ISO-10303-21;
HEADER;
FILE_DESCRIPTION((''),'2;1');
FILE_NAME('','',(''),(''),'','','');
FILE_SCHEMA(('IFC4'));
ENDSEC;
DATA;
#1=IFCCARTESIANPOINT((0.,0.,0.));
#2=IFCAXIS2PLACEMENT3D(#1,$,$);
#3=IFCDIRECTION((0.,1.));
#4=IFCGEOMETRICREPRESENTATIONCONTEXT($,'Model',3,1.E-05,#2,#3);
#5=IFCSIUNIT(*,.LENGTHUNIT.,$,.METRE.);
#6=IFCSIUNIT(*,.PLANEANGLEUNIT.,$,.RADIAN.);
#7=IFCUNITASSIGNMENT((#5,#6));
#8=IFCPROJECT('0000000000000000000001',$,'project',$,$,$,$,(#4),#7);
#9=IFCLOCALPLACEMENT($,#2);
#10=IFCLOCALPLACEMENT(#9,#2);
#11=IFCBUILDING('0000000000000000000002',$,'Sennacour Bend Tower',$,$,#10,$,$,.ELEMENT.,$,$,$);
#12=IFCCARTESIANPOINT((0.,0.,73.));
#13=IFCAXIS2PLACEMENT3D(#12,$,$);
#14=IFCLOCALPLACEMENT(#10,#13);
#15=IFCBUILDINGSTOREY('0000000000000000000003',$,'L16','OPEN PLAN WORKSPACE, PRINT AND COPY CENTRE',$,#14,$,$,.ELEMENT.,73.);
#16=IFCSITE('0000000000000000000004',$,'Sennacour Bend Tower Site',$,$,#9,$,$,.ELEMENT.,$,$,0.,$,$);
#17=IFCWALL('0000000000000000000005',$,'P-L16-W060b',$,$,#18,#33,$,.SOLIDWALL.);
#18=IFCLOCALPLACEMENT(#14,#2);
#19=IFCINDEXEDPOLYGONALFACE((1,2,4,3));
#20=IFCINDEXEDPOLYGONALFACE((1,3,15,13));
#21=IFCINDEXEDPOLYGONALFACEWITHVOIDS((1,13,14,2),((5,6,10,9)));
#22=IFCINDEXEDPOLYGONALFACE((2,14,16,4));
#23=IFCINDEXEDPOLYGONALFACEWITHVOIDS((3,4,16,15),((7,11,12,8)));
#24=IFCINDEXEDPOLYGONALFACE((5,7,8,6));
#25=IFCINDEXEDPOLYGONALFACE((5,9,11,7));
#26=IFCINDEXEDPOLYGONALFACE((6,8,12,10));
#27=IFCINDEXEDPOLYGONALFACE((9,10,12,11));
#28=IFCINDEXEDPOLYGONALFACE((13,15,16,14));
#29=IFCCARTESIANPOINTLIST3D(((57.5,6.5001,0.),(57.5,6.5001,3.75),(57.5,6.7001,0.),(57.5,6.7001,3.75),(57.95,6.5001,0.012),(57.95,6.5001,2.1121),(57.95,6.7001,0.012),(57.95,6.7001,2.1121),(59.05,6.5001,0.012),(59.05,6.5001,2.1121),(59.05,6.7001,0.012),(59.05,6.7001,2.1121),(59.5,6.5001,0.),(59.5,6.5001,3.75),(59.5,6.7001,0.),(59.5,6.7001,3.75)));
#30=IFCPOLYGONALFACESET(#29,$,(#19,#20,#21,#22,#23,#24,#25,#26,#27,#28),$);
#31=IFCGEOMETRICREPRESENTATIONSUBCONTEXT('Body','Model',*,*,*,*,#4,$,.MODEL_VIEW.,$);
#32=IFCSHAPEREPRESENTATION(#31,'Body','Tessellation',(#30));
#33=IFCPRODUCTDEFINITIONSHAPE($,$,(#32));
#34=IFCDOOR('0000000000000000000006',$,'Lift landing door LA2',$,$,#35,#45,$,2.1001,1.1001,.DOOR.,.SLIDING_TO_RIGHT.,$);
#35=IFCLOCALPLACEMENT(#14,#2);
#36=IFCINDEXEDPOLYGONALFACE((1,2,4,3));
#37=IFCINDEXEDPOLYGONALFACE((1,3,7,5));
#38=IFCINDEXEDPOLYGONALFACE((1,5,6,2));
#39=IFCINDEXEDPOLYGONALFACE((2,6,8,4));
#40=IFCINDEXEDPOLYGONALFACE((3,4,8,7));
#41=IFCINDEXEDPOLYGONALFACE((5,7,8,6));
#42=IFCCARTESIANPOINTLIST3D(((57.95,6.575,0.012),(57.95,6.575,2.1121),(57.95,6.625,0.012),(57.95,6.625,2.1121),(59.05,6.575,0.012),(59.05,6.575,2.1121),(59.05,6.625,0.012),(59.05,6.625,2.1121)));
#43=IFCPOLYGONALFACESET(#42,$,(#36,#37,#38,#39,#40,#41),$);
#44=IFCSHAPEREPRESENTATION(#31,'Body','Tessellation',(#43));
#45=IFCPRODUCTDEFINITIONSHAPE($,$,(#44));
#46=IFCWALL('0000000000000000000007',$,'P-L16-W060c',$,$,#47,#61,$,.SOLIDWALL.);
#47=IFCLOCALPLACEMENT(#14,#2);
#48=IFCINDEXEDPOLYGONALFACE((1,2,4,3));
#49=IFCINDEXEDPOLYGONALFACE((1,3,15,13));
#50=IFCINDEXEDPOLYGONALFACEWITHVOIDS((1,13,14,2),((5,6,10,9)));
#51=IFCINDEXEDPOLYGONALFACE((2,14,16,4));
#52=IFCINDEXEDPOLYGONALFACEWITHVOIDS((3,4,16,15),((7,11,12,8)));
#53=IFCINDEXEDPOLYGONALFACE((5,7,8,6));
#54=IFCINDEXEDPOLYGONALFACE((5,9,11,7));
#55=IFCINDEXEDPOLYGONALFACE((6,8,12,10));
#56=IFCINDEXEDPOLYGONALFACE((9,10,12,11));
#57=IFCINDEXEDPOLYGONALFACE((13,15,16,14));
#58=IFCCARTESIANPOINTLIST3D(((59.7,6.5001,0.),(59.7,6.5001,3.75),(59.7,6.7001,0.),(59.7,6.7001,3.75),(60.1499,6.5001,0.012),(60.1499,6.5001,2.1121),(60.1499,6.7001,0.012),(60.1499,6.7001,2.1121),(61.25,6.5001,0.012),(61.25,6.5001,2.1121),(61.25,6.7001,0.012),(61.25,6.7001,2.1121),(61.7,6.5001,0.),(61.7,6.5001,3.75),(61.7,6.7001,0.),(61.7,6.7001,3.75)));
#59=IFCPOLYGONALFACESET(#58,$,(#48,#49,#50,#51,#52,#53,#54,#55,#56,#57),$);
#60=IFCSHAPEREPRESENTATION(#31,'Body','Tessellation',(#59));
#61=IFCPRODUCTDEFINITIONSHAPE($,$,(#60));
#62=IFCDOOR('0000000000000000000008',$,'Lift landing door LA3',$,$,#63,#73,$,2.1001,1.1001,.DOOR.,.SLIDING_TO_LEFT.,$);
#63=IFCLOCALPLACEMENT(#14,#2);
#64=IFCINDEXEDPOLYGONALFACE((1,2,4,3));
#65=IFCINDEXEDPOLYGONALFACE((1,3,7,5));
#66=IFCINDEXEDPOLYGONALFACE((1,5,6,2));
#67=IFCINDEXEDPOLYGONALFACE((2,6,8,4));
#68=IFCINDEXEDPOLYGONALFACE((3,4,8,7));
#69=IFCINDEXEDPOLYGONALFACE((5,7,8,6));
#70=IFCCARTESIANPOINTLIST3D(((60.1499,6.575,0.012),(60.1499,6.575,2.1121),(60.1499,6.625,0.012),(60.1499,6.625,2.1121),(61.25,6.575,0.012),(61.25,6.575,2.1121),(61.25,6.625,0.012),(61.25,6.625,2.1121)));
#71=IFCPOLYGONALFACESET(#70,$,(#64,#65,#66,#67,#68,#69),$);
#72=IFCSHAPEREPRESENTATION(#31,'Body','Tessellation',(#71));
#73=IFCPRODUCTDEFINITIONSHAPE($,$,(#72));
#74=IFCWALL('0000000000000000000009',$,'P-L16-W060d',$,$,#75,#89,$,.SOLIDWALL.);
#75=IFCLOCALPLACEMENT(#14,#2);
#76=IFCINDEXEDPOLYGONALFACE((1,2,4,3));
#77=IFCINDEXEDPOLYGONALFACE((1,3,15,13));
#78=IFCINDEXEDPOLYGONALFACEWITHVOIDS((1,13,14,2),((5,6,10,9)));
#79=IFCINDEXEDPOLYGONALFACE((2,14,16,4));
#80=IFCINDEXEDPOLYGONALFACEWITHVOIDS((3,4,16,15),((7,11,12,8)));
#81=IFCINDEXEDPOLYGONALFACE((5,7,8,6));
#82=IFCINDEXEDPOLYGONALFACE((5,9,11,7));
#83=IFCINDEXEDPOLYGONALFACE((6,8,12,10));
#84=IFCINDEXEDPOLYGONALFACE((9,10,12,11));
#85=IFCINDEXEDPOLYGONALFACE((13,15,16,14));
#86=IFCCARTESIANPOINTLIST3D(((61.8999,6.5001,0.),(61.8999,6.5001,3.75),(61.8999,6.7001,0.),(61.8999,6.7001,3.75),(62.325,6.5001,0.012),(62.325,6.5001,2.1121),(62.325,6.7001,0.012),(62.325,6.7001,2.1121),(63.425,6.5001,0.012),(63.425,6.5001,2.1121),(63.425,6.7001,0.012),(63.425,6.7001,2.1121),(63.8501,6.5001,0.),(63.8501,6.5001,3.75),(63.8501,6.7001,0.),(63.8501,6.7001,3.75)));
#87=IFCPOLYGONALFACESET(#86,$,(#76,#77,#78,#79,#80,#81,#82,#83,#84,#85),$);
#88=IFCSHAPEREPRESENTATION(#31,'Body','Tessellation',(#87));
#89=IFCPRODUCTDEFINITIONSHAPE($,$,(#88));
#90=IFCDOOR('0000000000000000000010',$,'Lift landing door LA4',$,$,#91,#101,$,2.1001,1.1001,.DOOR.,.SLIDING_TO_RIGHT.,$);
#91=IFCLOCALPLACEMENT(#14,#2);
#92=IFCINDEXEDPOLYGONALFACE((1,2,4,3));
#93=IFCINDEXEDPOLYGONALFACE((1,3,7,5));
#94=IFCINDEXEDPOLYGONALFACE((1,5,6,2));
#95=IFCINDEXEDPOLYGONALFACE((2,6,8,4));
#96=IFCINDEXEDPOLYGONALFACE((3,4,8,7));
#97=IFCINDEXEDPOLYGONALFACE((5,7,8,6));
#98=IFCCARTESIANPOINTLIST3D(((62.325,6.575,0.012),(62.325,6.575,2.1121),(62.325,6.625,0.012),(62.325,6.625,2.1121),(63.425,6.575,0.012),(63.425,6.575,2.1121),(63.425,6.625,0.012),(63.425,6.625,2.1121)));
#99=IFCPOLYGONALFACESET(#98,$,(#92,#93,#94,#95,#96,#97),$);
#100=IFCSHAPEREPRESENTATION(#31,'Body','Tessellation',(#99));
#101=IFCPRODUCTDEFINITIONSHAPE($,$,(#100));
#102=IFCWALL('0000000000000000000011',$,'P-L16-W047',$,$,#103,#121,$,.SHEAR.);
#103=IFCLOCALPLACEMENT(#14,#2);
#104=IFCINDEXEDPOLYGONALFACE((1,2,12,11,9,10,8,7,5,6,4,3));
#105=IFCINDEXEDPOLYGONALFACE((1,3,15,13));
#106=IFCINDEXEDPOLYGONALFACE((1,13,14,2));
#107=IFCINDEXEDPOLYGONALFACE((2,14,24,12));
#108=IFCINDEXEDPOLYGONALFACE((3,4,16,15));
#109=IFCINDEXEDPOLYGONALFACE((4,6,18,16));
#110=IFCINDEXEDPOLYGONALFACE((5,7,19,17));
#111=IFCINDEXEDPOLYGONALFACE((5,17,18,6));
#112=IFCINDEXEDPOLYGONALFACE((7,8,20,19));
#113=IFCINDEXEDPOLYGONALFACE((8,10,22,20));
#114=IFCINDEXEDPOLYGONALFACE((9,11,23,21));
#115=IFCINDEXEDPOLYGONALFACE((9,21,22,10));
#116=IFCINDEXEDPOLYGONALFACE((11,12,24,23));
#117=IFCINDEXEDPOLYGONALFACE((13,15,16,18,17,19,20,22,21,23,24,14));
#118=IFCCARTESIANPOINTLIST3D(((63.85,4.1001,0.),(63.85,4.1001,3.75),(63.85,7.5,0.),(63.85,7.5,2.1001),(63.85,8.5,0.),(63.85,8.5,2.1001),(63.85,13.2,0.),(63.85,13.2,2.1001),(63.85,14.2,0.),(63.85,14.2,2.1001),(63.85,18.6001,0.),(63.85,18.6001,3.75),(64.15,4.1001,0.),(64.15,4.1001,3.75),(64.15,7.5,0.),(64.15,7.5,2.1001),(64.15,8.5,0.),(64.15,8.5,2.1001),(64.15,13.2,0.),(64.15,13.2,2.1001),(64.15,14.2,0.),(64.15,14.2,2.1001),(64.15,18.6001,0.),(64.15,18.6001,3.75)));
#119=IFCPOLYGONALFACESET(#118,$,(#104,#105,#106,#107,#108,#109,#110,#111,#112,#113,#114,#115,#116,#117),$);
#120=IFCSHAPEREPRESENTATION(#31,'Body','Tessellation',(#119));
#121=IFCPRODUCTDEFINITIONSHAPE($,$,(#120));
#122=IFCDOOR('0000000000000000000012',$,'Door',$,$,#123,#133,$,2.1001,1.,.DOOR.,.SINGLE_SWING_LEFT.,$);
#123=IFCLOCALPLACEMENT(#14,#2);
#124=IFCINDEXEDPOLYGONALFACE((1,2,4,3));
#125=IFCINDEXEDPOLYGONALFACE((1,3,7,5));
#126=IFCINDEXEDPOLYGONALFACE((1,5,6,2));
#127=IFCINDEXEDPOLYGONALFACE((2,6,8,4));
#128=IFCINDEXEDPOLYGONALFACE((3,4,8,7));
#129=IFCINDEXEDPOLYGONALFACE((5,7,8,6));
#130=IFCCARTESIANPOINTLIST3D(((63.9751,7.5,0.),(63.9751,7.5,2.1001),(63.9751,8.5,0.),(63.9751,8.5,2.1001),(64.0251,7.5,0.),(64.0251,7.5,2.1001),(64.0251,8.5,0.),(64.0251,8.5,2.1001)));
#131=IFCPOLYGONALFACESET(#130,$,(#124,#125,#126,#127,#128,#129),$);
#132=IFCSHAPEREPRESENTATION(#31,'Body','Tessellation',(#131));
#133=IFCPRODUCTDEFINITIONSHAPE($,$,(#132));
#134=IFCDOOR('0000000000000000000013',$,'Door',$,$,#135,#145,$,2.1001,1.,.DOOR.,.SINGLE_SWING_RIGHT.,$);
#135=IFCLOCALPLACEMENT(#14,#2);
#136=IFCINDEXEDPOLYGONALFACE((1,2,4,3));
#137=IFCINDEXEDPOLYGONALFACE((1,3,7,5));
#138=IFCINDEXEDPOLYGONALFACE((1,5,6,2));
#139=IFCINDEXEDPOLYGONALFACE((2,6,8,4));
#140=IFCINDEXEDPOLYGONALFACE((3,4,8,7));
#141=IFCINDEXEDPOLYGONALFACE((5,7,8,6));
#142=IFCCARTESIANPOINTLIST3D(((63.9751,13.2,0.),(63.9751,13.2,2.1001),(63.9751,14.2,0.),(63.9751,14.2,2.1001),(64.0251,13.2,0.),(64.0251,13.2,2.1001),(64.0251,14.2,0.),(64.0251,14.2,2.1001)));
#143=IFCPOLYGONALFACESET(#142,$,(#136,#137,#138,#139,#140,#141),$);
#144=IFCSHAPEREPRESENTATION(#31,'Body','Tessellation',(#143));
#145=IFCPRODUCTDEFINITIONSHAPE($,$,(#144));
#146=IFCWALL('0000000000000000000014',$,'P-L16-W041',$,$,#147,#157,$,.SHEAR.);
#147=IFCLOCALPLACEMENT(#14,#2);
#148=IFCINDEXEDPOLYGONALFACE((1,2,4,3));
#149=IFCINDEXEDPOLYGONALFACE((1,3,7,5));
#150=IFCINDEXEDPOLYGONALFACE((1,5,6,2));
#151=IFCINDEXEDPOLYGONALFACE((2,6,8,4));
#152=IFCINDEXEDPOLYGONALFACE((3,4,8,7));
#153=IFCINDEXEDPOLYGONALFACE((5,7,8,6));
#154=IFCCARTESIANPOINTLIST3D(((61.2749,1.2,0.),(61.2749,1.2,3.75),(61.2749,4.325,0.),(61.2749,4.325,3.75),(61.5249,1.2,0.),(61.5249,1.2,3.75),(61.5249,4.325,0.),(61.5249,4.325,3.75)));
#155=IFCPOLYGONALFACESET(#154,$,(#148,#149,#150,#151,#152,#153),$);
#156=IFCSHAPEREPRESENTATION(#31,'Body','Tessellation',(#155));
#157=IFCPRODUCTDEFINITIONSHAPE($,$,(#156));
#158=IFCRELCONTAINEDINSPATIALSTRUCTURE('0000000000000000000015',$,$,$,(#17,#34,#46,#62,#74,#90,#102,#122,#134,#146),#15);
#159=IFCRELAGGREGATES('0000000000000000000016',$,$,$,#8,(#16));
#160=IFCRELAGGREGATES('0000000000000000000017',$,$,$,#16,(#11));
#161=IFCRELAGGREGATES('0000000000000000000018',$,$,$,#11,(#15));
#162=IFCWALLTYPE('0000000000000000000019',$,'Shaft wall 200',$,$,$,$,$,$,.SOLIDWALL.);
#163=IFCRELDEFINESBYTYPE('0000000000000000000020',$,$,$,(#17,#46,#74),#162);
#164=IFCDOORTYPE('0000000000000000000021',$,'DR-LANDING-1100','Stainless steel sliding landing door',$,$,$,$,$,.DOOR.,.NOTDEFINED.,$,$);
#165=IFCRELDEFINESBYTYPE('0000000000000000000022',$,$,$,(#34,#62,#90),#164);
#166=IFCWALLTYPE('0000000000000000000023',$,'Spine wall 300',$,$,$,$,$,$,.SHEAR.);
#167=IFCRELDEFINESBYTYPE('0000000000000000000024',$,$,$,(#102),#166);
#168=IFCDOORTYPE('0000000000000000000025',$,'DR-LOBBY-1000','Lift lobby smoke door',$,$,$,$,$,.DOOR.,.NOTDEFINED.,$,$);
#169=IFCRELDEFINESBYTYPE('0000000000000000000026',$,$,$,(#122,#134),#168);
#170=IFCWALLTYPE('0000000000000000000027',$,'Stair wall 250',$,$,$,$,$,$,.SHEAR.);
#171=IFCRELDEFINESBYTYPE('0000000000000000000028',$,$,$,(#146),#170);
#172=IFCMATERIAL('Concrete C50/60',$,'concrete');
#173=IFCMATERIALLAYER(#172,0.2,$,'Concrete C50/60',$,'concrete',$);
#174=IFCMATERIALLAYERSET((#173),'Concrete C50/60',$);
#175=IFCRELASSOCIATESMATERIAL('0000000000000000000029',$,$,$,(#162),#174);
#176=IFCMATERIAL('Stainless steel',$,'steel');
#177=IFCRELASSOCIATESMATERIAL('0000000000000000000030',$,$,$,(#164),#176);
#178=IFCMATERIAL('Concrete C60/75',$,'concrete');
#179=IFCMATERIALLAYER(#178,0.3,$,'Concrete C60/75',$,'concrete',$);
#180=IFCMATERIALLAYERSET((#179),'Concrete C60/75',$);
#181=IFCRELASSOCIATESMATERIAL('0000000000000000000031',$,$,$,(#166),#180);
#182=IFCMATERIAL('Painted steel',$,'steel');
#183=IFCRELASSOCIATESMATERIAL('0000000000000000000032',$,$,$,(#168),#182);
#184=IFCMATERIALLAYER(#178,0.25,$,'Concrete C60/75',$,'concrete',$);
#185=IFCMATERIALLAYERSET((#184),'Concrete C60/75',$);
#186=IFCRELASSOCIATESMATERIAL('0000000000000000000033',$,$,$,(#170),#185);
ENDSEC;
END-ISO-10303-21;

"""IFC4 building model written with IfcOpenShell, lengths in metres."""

from ifc_helpers import new_model, si_unit, direction, frame, frame_2d, origin, place, context, subcontext, project, spatial, rectangle, extrude, material, layer, layer_set, type_object, element, fill, save


model = new_model("IFC4")

# Units and contexts
model_context = context("Model", 3, precision=1e-05, world=origin(), true_north=direction((0.0, 1.0)))
body_context = subcontext(model_context, "Body", "Model", "MODEL_VIEW")
ifc_project = project(units=[si_unit("LENGTHUNIT", "METRE"), si_unit("PLANEANGLEUNIT", "RADIAN")], contexts=[model_context])

# Site, building, storey
site_placement = place(None, origin())
site = spatial("IfcSite", under=ifc_project, at=site_placement, Name="Sennacour Bend Tower Site", CompositionType="ELEMENT", RefElevation=0.0)
building_placement = place(site_placement, origin())
building = spatial("IfcBuilding", under=site, at=building_placement, Name="Sennacour Bend Tower", CompositionType="ELEMENT")
storey_placement = place(building_placement, frame((0.0, 0.0, 73.0)))
storey = spatial("IfcBuildingStorey", under=building, at=storey_placement, Name="L16", Description="OPEN PLAN WORKSPACE, PRINT AND COPY CENTRE", CompositionType="ELEMENT", Elevation=73.0)

# Shared definitions
ifc_material_1 = material(Name="Painted steel", Category="steel")

# Shared definitions
ifc_material_2 = material(Name="Concrete C50/60", Category="concrete")
ifc_layer_1 = layer(ifc_material_2, 0.2, Name="Concrete C50/60", Category="concrete")
ifc_layer_set_1 = layer_set([ifc_layer_1], Name="Concrete C50/60")
wall_type_1 = type_object("IfcWallType", Name="Shaft wall 200", PredefinedType="SOLIDWALL", material=ifc_layer_set_1)

# Walls, openings, doors
wall_1_placement = place(storey_placement, frame((57.5, 6.6001, 0.0), z_axis=(0.0, 0.0, 1.0), x_axis=(1.0, 0.0, 0.0)))
wall_1 = element("IfcWall", 1, at=wall_1_placement, inside=storey, type_object=wall_type_1, Name="P-L16-W060b", PredefinedType="SOLIDWALL", context=body_context, shape_type="SweptSolid", body=[
    extrude(rectangle(XDim=2.0, YDim=0.2, at=frame_2d((1.0, 0.0))), origin(), (0.0, 0.0, 1.0), 3.75),
])
opening_1_placement = place(wall_1_placement, frame((0.45, 0.0, 0.012)))
opening_1 = element("IfcOpeningElement", 2, at=opening_1_placement, cuts=wall_1, PredefinedType="OPENING", context=body_context, shape_type="SweptSolid", body=[
    extrude(rectangle(XDim=1.1001, YDim=2.1001, at=frame_2d((0.55, 1.05))), frame((0.0, 0.1099, 0.0), z_axis=(0.0, -1.0, 0.0), x_axis=(1.0, 0.0, 0.0)), (0.0, 0.0, 1.0), 0.22),
])
ifc_material_3 = material(Name="Stainless steel", Category="steel")
door_type_1 = type_object("IfcDoorType", Name="DR-LANDING-1100", Description="Stainless steel sliding landing door", OperationType="NOTDEFINED", PredefinedType="DOOR", material=ifc_material_3)
door_1_placement = place(opening_1_placement, origin())
door_1 = element("IfcDoor", 3, at=door_1_placement, inside=storey, type_object=door_type_1, Name="Lift landing door LA2", OperationType="SLIDING_TO_RIGHT", OverallHeight=2.1001, OverallWidth=1.1001, PredefinedType="DOOR", context=body_context, shape_type="SweptSolid", body=[
    extrude(rectangle(XDim=1.1001, YDim=2.1001, at=frame_2d((0.55, 1.05))), frame((0.0, 0.0249, 0.0), z_axis=(0.0, -1.0, 0.0), x_axis=(1.0, 0.0, 0.0)), (0.0, 0.0, 1.0), 0.05),
])
fill(opening_1, door_1)
wall_2_placement = place(storey_placement, frame((59.7, 6.6001, 0.0), z_axis=(0.0, 0.0, 1.0), x_axis=(1.0, 0.0, 0.0)))
wall_2 = element("IfcWall", 4, at=wall_2_placement, inside=storey, type_object=wall_type_1, Name="P-L16-W060c", PredefinedType="SOLIDWALL", context=body_context, shape_type="SweptSolid", body=[
    extrude(rectangle(XDim=2.0, YDim=0.2, at=frame_2d((1.0, 0.0))), origin(), (0.0, 0.0, 1.0), 3.75),
])
opening_2_placement = place(wall_2_placement, frame((0.45, 0.0, 0.012)))
opening_2 = element("IfcOpeningElement", 5, at=opening_2_placement, cuts=wall_2, PredefinedType="OPENING", context=body_context, shape_type="SweptSolid", body=[
    extrude(rectangle(XDim=1.1001, YDim=2.1001, at=frame_2d((0.55, 1.05))), frame((0.0, 0.1099, 0.0), z_axis=(0.0, -1.0, 0.0), x_axis=(1.0, 0.0, 0.0)), (0.0, 0.0, 1.0), 0.22),
])
door_2_placement = place(opening_2_placement, origin())
door_2 = element("IfcDoor", 6, at=door_2_placement, inside=storey, type_object=door_type_1, Name="Lift landing door LA3", OperationType="SLIDING_TO_LEFT", OverallHeight=2.1001, OverallWidth=1.1001, PredefinedType="DOOR", context=body_context, shape_type="SweptSolid", body=[
    extrude(rectangle(XDim=1.1001, YDim=2.1001, at=frame_2d((0.55, 1.05))), frame((0.0, 0.0249, 0.0), z_axis=(0.0, -1.0, 0.0), x_axis=(1.0, 0.0, 0.0)), (0.0, 0.0, 1.0), 0.05),
])
fill(opening_2, door_2)
wall_3_placement = place(storey_placement, frame((61.8999, 6.6001, 0.0), z_axis=(0.0, 0.0, 1.0), x_axis=(1.0, 0.0, 0.0)))
wall_3 = element("IfcWall", 7, at=wall_3_placement, inside=storey, type_object=wall_type_1, Name="P-L16-W060d", PredefinedType="SOLIDWALL", context=body_context, shape_type="SweptSolid", body=[
    extrude(rectangle(XDim=1.9502, YDim=0.2, at=frame_2d((0.9751, 0.0))), origin(), (0.0, 0.0, 1.0), 3.75),
])
opening_3_placement = place(wall_3_placement, frame((0.425, 0.0, 0.012)))
opening_3 = element("IfcOpeningElement", 8, at=opening_3_placement, cuts=wall_3, PredefinedType="OPENING", context=body_context, shape_type="SweptSolid", body=[
    extrude(rectangle(XDim=1.1001, YDim=2.1001, at=frame_2d((0.55, 1.05))), frame((0.0, 0.1099, 0.0), z_axis=(0.0, -1.0, 0.0), x_axis=(1.0, 0.0, 0.0)), (0.0, 0.0, 1.0), 0.22),
])
door_3_placement = place(opening_3_placement, origin())
door_3 = element("IfcDoor", 9, at=door_3_placement, inside=storey, type_object=door_type_1, Name="Lift landing door LA4", OperationType="SLIDING_TO_RIGHT", OverallHeight=2.1001, OverallWidth=1.1001, PredefinedType="DOOR", context=body_context, shape_type="SweptSolid", body=[
    extrude(rectangle(XDim=1.1001, YDim=2.1001, at=frame_2d((0.55, 1.05))), frame((0.0, 0.0249, 0.0), z_axis=(0.0, -1.0, 0.0), x_axis=(1.0, 0.0, 0.0)), (0.0, 0.0, 1.0), 0.05),
])
fill(opening_3, door_3)

# Wall, openings, doors
ifc_material_4 = material(Name="Concrete C60/75", Category="concrete")
ifc_layer_2 = layer(ifc_material_4, 0.3, Name="Concrete C60/75", Category="concrete")
ifc_layer_set_2 = layer_set([ifc_layer_2], Name="Concrete C60/75")
wall_type_2 = type_object("IfcWallType", Name="Spine wall 300", PredefinedType="SHEAR", material=ifc_layer_set_2)
wall_4_placement = place(storey_placement, frame((64.0, 4.1001, 0.0), z_axis=(0.0, 0.0, 1.0), x_axis=(0.0, 1.0, 0.0)))
wall_4 = element("IfcWall", 10, at=wall_4_placement, inside=storey, type_object=wall_type_2, Name="P-L16-W047", PredefinedType="SHEAR", context=body_context, shape_type="SweptSolid", body=[
    extrude(rectangle(XDim=14.5, YDim=0.3, at=frame_2d((7.25, 0.0))), origin(), (0.0, 0.0, 1.0), 3.75),
])
opening_4_placement = place(wall_4_placement, frame((3.3999, 0.0, 0.0)))
opening_4 = element("IfcOpeningElement", 11, at=opening_4_placement, cuts=wall_4, PredefinedType="OPENING", context=body_context, shape_type="SweptSolid", body=[
    extrude(rectangle(XDim=1.0, YDim=2.1001, at=frame_2d((0.5, 1.05))), frame((0.0, 0.1602, 0.0), z_axis=(0.0, -1.0, 0.0), x_axis=(1.0, 0.0, 0.0)), (0.0, 0.0, 1.0), 0.3201),
])
opening_5_placement = place(wall_4_placement, frame((9.0999, 0.0, 0.0)))
opening_5 = element("IfcOpeningElement", 12, at=opening_5_placement, cuts=wall_4, PredefinedType="OPENING", context=body_context, shape_type="SweptSolid", body=[
    extrude(rectangle(XDim=1.0, YDim=2.1001, at=frame_2d((0.5, 1.05))), frame((0.0, 0.1602, 0.0), z_axis=(0.0, -1.0, 0.0), x_axis=(1.0, 0.0, 0.0)), (0.0, 0.0, 1.0), 0.3201),
])
door_type_2 = type_object("IfcDoorType", Name="DR-LOBBY-1000", Description="Lift lobby smoke door", OperationType="NOTDEFINED", PredefinedType="DOOR", material=ifc_material_1)
door_4_placement = place(opening_4_placement, origin())
door_4 = element("IfcDoor", 13, at=door_4_placement, inside=storey, type_object=door_type_2, Name="Door", OperationType="SINGLE_SWING_LEFT", OverallHeight=2.1001, OverallWidth=1.0, PredefinedType="DOOR", context=body_context, shape_type="SweptSolid", body=[
    extrude(rectangle(XDim=1.0, YDim=2.1001, at=frame_2d((0.5, 1.05))), frame((0.0, 0.0249, 0.0), z_axis=(0.0, -1.0, 0.0), x_axis=(1.0, 0.0, 0.0)), (0.0, 0.0, 1.0), 0.05),
])
fill(opening_4, door_4)
door_5_placement = place(opening_5_placement, origin())
door_5 = element("IfcDoor", 14, at=door_5_placement, inside=storey, type_object=door_type_2, Name="Door", OperationType="SINGLE_SWING_RIGHT", OverallHeight=2.1001, OverallWidth=1.0, PredefinedType="DOOR", context=body_context, shape_type="SweptSolid", body=[
    extrude(rectangle(XDim=1.0, YDim=2.1001, at=frame_2d((0.5, 1.05))), frame((0.0, 0.0249, 0.0), z_axis=(0.0, -1.0, 0.0), x_axis=(1.0, 0.0, 0.0)), (0.0, 0.0, 1.0), 0.05),
])
fill(opening_5, door_5)

# Wall
ifc_layer_3 = layer(ifc_material_4, 0.25, Name="Concrete C60/75", Category="concrete")
ifc_layer_set_3 = layer_set([ifc_layer_3], Name="Concrete C60/75")
wall_type_3 = type_object("IfcWallType", Name="Stair wall 250", PredefinedType="SHEAR", material=ifc_layer_set_3)
wall_5_placement = place(storey_placement, frame((61.3999, 1.2, 0.0), z_axis=(0.0, 0.0, 1.0), x_axis=(0.0, 1.0, 0.0)))
element("IfcWall", 15, at=wall_5_placement, inside=storey, type_object=wall_type_3, Name="P-L16-W041", PredefinedType="SHEAR", context=body_context, shape_type="SweptSolid", body=[
    extrude(rectangle(XDim=3.125, YDim=0.25, at=frame_2d((1.5625, 0.0))), origin(), (0.0, 0.0, 1.0), 3.75),
])

save(model, "model.ifc")
